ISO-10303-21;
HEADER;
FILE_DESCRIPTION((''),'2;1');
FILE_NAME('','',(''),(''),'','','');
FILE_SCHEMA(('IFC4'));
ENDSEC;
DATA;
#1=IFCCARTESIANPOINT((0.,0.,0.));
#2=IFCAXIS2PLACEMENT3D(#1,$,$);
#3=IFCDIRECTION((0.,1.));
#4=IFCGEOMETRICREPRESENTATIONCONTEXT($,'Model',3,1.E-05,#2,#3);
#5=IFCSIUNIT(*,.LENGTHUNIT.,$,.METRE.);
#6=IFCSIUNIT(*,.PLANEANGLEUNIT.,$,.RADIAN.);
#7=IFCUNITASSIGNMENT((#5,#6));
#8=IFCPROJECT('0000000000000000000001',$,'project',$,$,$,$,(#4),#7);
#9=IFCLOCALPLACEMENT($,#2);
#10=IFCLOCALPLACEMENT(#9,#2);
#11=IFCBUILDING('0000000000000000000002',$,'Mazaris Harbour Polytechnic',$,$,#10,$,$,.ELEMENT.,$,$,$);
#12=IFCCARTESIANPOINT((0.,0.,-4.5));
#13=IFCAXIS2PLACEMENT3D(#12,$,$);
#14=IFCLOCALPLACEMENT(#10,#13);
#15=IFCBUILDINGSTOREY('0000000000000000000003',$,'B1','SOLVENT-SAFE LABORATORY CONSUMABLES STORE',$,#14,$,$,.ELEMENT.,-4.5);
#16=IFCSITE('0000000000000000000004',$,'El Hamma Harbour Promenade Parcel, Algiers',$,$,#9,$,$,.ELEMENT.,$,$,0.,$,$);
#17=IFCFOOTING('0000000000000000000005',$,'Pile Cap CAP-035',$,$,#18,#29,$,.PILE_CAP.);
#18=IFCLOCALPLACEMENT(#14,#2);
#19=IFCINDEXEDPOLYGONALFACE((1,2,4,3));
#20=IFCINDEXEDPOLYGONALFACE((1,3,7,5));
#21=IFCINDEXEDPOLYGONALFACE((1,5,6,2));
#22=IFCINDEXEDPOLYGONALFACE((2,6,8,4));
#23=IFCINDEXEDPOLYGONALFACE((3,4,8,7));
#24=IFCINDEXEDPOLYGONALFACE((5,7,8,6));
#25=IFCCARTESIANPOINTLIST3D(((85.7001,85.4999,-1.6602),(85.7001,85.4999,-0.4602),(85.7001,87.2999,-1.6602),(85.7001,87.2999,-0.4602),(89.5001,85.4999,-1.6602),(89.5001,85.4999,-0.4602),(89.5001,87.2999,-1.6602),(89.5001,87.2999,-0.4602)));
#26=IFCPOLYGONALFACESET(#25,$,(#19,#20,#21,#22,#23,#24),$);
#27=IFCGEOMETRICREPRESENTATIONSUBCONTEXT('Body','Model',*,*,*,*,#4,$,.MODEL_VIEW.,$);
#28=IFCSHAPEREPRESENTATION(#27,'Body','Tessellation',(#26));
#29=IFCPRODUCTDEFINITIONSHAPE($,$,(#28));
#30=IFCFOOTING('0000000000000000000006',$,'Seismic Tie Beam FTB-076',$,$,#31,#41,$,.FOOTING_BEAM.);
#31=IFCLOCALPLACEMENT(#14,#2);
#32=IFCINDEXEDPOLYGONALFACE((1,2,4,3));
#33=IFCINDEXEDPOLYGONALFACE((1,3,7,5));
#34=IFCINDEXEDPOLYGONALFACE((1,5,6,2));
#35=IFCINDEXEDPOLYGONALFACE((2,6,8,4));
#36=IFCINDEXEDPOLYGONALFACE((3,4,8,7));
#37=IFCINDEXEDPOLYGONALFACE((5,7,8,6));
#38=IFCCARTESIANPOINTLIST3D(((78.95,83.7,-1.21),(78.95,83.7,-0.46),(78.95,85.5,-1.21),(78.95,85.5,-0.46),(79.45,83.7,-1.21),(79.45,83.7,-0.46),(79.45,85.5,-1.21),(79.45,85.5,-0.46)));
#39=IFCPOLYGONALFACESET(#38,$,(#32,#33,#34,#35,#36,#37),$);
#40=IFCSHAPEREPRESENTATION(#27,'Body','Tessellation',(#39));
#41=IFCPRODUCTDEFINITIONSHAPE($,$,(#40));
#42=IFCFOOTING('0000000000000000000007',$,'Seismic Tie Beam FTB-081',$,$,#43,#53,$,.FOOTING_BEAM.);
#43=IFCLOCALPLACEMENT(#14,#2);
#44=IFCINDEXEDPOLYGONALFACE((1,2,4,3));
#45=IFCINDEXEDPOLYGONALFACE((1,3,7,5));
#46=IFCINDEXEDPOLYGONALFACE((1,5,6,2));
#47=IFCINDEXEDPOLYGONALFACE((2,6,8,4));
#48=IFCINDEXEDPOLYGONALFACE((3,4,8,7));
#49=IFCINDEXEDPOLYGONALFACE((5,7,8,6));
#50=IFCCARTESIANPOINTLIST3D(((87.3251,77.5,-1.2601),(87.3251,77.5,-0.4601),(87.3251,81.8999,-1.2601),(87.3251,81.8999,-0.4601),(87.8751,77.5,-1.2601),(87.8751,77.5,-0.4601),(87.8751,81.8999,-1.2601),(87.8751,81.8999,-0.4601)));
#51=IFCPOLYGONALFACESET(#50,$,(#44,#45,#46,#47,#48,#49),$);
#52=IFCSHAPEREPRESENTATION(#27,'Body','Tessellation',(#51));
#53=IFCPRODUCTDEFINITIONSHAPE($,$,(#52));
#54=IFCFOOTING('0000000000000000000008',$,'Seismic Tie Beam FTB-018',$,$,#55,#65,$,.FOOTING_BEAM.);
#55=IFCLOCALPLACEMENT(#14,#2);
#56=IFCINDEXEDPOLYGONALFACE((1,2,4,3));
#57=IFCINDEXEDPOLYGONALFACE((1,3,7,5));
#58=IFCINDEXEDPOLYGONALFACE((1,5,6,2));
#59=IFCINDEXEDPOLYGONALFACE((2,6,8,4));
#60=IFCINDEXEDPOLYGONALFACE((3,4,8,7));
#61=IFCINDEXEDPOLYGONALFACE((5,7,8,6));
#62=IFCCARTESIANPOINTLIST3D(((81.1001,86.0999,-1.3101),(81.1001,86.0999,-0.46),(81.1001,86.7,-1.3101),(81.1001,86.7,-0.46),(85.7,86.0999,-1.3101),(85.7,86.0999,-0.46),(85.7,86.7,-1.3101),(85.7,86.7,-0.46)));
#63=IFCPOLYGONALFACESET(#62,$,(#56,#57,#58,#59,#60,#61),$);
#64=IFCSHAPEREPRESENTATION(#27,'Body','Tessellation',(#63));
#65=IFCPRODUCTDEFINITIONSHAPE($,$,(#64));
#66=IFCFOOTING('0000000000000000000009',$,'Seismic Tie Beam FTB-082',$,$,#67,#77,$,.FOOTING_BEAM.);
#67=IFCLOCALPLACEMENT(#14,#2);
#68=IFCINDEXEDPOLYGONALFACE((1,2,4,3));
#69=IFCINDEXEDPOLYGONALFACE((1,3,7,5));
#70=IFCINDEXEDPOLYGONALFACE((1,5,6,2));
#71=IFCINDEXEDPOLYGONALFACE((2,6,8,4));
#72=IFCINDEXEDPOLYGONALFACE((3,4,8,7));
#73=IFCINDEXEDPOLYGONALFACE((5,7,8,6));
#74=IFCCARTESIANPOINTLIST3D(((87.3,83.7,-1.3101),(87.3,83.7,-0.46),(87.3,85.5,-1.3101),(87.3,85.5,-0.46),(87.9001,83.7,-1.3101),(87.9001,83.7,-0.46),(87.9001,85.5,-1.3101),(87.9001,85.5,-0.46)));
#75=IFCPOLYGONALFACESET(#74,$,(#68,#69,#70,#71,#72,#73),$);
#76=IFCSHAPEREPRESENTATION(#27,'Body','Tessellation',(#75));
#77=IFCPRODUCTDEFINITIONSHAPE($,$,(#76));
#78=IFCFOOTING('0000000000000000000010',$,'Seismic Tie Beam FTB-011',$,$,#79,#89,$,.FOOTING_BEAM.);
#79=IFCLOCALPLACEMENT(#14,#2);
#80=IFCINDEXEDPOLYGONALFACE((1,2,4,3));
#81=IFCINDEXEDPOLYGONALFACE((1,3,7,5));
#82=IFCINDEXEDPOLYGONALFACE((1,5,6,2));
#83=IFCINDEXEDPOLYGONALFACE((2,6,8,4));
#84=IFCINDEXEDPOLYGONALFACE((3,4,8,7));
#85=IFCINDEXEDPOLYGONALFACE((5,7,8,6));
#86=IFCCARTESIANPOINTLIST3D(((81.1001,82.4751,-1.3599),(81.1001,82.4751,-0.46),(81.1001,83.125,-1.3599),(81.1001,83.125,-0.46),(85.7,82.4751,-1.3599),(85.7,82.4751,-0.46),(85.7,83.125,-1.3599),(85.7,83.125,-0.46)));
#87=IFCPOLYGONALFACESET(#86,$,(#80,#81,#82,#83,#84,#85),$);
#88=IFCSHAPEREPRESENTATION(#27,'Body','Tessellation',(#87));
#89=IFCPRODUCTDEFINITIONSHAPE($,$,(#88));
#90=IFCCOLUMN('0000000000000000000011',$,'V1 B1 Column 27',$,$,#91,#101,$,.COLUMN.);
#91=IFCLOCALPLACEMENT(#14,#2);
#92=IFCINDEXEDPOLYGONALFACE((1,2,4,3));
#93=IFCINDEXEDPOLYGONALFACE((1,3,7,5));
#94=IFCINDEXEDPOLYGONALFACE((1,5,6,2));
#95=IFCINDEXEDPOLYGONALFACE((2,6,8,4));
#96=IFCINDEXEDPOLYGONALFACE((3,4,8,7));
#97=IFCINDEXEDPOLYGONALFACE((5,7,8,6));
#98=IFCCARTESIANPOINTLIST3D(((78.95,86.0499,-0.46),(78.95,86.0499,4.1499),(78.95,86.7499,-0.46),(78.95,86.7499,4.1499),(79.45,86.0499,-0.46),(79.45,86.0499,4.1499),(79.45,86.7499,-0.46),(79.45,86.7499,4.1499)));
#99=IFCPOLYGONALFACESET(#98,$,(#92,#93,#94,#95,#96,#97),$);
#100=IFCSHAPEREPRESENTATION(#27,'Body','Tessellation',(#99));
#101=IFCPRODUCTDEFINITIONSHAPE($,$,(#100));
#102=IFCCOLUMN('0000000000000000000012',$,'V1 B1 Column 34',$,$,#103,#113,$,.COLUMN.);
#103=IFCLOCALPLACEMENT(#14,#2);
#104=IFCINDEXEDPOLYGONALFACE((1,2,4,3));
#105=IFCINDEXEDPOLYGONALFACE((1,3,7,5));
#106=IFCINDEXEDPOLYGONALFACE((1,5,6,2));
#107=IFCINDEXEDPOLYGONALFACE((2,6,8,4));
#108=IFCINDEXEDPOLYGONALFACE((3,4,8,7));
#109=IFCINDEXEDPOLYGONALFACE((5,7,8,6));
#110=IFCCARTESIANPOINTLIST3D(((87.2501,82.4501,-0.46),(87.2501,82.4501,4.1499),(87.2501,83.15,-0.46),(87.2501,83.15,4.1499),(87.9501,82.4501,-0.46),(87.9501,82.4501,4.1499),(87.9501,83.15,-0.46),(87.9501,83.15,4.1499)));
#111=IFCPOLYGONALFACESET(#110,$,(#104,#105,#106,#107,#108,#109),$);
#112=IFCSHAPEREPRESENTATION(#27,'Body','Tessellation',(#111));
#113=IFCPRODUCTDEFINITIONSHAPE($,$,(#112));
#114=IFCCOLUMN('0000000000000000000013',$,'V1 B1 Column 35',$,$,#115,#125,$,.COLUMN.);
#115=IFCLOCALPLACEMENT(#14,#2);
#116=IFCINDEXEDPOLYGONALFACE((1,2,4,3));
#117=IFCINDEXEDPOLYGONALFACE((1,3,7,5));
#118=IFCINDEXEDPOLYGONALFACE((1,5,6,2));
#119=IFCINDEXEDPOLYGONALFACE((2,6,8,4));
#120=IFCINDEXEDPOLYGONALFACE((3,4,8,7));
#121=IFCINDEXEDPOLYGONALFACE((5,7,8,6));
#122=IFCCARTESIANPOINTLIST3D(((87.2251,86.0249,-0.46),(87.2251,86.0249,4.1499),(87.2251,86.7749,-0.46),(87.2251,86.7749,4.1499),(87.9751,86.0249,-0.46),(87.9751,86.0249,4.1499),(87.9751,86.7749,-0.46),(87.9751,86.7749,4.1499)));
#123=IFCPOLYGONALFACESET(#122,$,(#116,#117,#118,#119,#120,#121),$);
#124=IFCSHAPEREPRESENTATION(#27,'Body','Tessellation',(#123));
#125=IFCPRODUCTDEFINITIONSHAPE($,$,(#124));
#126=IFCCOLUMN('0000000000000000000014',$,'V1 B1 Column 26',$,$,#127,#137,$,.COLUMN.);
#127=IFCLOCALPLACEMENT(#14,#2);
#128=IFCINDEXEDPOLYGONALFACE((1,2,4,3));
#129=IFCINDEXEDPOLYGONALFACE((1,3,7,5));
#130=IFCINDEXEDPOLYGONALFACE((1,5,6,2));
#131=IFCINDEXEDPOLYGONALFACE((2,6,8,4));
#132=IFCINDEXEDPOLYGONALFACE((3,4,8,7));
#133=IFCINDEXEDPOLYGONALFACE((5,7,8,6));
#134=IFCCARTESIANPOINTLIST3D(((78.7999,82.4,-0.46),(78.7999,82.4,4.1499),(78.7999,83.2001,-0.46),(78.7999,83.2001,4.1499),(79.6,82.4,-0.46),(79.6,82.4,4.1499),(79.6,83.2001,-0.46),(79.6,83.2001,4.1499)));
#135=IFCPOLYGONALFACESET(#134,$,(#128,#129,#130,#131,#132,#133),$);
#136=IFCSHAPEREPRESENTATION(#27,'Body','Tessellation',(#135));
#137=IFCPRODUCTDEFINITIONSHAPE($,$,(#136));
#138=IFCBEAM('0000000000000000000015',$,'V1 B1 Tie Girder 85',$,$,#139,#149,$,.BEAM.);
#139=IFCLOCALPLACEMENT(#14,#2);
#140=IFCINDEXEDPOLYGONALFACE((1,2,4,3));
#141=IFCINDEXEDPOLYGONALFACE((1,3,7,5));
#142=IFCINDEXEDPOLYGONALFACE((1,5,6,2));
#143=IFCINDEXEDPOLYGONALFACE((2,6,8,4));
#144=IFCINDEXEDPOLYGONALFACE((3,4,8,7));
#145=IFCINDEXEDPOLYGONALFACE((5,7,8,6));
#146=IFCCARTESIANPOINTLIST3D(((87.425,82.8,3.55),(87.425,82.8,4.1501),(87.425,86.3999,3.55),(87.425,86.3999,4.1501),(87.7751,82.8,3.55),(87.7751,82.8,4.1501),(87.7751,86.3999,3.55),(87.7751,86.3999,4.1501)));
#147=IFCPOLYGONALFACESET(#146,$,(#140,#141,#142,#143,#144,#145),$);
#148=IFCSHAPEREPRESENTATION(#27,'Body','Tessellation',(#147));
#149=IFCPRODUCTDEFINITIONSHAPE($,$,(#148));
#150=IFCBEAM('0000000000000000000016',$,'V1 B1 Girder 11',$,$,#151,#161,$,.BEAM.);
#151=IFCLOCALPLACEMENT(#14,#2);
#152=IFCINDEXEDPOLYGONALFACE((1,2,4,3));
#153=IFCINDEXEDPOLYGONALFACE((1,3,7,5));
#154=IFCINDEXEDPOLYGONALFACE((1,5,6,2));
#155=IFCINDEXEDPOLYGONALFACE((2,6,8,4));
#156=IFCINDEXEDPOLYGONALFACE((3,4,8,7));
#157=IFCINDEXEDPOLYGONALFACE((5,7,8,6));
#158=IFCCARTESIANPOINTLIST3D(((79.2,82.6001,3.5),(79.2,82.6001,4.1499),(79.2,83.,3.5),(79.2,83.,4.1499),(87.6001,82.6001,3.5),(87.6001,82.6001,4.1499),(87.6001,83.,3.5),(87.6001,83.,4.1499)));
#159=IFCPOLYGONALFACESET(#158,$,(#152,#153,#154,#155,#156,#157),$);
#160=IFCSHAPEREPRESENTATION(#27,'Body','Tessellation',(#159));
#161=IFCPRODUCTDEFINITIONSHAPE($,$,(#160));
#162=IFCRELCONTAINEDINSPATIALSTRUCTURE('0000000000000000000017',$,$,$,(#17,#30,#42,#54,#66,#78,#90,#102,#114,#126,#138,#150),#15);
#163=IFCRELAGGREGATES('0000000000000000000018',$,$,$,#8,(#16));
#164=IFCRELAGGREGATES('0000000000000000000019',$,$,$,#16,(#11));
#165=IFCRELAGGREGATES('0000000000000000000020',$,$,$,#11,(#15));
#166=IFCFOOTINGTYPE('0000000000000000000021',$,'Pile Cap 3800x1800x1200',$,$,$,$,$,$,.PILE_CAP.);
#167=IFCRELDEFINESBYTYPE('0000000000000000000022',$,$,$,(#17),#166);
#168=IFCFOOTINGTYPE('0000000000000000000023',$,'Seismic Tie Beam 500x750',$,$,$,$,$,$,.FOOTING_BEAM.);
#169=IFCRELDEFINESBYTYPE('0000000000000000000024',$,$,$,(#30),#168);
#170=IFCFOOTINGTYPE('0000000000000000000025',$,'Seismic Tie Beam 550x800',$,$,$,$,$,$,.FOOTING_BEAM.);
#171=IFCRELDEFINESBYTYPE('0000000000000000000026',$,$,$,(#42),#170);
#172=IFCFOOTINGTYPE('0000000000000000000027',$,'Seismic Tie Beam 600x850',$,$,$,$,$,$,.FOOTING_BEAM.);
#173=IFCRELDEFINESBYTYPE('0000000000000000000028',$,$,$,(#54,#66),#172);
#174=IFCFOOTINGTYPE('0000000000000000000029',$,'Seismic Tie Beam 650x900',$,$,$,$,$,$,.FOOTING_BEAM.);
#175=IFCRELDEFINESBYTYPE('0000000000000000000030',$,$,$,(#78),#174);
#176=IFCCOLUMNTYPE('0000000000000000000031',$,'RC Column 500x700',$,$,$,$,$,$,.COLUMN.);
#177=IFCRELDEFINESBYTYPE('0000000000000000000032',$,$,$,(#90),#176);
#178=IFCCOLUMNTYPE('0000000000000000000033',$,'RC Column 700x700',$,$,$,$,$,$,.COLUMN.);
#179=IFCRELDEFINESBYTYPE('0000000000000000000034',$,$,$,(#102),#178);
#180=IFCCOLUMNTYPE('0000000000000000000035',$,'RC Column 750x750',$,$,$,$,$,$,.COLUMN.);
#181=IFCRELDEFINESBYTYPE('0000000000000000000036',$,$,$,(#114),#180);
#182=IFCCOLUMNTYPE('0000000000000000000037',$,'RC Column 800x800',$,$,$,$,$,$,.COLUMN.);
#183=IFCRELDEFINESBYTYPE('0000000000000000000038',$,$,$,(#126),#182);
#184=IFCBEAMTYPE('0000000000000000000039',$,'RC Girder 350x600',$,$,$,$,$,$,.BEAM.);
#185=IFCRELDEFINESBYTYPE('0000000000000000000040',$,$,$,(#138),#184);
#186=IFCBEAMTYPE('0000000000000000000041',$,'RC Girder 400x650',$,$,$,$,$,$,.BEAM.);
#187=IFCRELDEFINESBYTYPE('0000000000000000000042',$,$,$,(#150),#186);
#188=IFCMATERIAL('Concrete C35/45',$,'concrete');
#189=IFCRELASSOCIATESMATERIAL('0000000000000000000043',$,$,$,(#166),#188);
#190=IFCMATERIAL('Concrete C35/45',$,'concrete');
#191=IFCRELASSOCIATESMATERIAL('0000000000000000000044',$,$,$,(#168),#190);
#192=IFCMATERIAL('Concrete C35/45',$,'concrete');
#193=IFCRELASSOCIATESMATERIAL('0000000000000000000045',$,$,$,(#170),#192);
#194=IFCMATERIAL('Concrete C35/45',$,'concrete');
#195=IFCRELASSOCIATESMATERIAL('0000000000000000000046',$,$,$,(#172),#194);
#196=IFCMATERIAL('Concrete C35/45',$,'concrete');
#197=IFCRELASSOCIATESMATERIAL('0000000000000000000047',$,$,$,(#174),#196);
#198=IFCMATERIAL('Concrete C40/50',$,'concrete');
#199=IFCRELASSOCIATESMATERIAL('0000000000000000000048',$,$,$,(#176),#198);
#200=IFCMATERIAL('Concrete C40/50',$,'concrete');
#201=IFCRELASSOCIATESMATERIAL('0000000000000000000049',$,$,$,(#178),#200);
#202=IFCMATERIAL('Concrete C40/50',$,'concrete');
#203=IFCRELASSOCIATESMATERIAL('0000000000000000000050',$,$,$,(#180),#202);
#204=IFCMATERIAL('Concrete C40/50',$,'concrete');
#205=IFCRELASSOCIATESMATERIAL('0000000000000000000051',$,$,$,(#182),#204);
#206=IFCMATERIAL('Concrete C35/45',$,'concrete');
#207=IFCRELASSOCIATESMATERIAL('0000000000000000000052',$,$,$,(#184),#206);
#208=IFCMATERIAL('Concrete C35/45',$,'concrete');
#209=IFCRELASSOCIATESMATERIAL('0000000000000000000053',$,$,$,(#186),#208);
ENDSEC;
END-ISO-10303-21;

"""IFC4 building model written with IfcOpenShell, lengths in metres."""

from ifc_helpers import new_model, si_unit, direction, frame, origin, origin_2d, place, context, subcontext, project, spatial, rectangle, extrude, material, material_profile, profile_set, type_object, element, save


model = new_model("IFC4")

# Units and contexts
model_context = context("Model", 3, precision=1e-05, world=origin(), true_north=direction((0.0, 1.0)))
body_context = subcontext(model_context, "Body", "Model", "MODEL_VIEW")
ifc_project = project(units=[si_unit("LENGTHUNIT", "METRE"), si_unit("PLANEANGLEUNIT", "RADIAN")], contexts=[model_context])

# Site, building, storey
site_placement = place(None, origin())
site = spatial("IfcSite", under=ifc_project, at=site_placement, Name="El Hamma Harbour Promenade Parcel, Algiers", CompositionType="ELEMENT", RefElevation=0.0)
building_placement = place(site_placement, origin())
building = spatial("IfcBuilding", under=site, at=building_placement, Name="Mazaris Harbour Polytechnic", CompositionType="ELEMENT")
storey_placement = place(building_placement, frame((0.0, 0.0, -4.5)))
storey = spatial("IfcBuildingStorey", under=building, at=storey_placement, Name="B1", Description="SOLVENT-SAFE LABORATORY CONSUMABLES STORE", CompositionType="ELEMENT", Elevation=-4.5)

# Footings
ifc_material_1 = material(Name="Concrete C35/45", Category="concrete")
footing_type_1 = type_object("IfcFootingType", Name="Pile Cap 3800x1800x1200", PredefinedType="PILE_CAP", material=ifc_material_1)
for number, where, z_axis, x_axis, name in (
    (1, (87.6001, 86.3999, -1.6602), (0.0, 0.0, 1.0), (1.0, 0.0, 0.0), "Pile Cap CAP-035"),
):
    element("IfcFooting", number, at=place(storey_placement, frame(where, z_axis=z_axis, x_axis=x_axis)), inside=storey, type_object=footing_type_1, Name=name, PredefinedType="PILE_CAP", context=body_context, shape_type="SweptSolid", body=[
        extrude(rectangle(XDim=3.8, YDim=1.8, at=origin_2d()), origin(), (0.0, 0.0, 1.0), 1.2),
    ])
ifc_material_2 = material(Name="Concrete C35/45", Category="concrete")
ifc_material_profile_1 = material_profile(ifc_material_2, rectangle(XDim=0.5, YDim=0.75, at=origin_2d()), Name="RECT500x750")
ifc_profile_set_1 = profile_set([ifc_material_profile_1], Name="Concrete C35/45")
footing_type_2 = type_object("IfcFootingType", Name="Seismic Tie Beam 500x750", PredefinedType="FOOTING_BEAM", material=ifc_profile_set_1)
footing_1_placement = place(storey_placement, frame((79.2, 83.7, -0.835), z_axis=(0.0, 1.0, 0.0), x_axis=(-1.0, 0.0, 0.0)))
element("IfcFooting", 2, at=footing_1_placement, inside=storey, type_object=footing_type_2, Name="Seismic Tie Beam FTB-076", PredefinedType="FOOTING_BEAM", context=body_context, shape_type="SweptSolid", body=[
    extrude(rectangle(XDim=0.5, YDim=0.75, at=origin_2d()), origin(), (0.0, 0.0, 1.0), 1.8),
])
ifc_material_3 = material(Name="Concrete C35/45", Category="concrete")
ifc_material_profile_2 = material_profile(ifc_material_3, rectangle(XDim=0.55, YDim=0.8, at=origin_2d()), Name="RECT550x800")
ifc_profile_set_2 = profile_set([ifc_material_profile_2], Name="Concrete C35/45")
footing_type_3 = type_object("IfcFootingType", Name="Seismic Tie Beam 550x800", PredefinedType="FOOTING_BEAM", material=ifc_profile_set_2)
footing_2_placement = place(storey_placement, frame((87.6001, 77.5, -0.8601), z_axis=(0.0, 1.0, 0.0), x_axis=(-1.0, 0.0, 0.0)))
element("IfcFooting", 3, at=footing_2_placement, inside=storey, type_object=footing_type_3, Name="Seismic Tie Beam FTB-081", PredefinedType="FOOTING_BEAM", context=body_context, shape_type="SweptSolid", body=[
    extrude(rectangle(XDim=0.55, YDim=0.8, at=origin_2d()), origin(), (0.0, 0.0, 1.0), 4.3999),
])
ifc_material_4 = material(Name="Concrete C35/45", Category="concrete")
ifc_material_profile_3 = material_profile(ifc_material_4, rectangle(XDim=0.6001, YDim=0.8501, at=origin_2d()), Name="RECT600x850")
ifc_profile_set_3 = profile_set([ifc_material_profile_3], Name="Concrete C35/45")
footing_type_4 = type_object("IfcFootingType", Name="Seismic Tie Beam 600x850", PredefinedType="FOOTING_BEAM", material=ifc_profile_set_3)
footing_3_placement = place(storey_placement, frame((81.1001, 86.3999, -0.885), z_axis=(1.0, 0.0, 0.0), x_axis=(0.0, 1.0, 0.0)))
element("IfcFooting", 4, at=footing_3_placement, inside=storey, type_object=footing_type_4, Name="Seismic Tie Beam FTB-018", PredefinedType="FOOTING_BEAM", context=body_context, shape_type="SweptSolid", body=[
    extrude(rectangle(XDim=0.6001, YDim=0.8501, at=origin_2d()), origin(), (0.0, 0.0, 1.0), 4.5999),
])
footing_4_placement = place(storey_placement, frame((87.6001, 83.7, -0.885), z_axis=(0.0, 1.0, 0.0), x_axis=(-1.0, 0.0, 0.0)))
element("IfcFooting", 5, at=footing_4_placement, inside=storey, type_object=footing_type_4, Name="Seismic Tie Beam FTB-082", PredefinedType="FOOTING_BEAM", context=body_context, shape_type="SweptSolid", body=[
    extrude(rectangle(XDim=0.6001, YDim=0.8501, at=origin_2d()), origin(), (0.0, 0.0, 1.0), 1.8),
])
ifc_material_5 = material(Name="Concrete C35/45", Category="concrete")
ifc_material_profile_4 = material_profile(ifc_material_5, rectangle(XDim=0.6499, YDim=0.8999, at=origin_2d()), Name="RECT650x900")
ifc_profile_set_4 = profile_set([ifc_material_profile_4], Name="Concrete C35/45")
footing_type_5 = type_object("IfcFootingType", Name="Seismic Tie Beam 650x900", PredefinedType="FOOTING_BEAM", material=ifc_profile_set_4)
footing_5_placement = place(storey_placement, frame((81.1001, 82.8, -0.9099), z_axis=(1.0, 0.0, 0.0), x_axis=(0.0, 1.0, 0.0)))
element("IfcFooting", 6, at=footing_5_placement, inside=storey, type_object=footing_type_5, Name="Seismic Tie Beam FTB-011", PredefinedType="FOOTING_BEAM", context=body_context, shape_type="SweptSolid", body=[
    extrude(rectangle(XDim=0.6499, YDim=0.8999, at=origin_2d()), origin(), (0.0, 0.0, 1.0), 4.5999),
])

# Columns
ifc_material_6 = material(Name="Concrete C40/50", Category="concrete")
ifc_material_profile_5 = material_profile(ifc_material_6, rectangle(XDim=0.5, YDim=0.7, at=origin_2d()), Name="RECT500x700")
ifc_profile_set_5 = profile_set([ifc_material_profile_5], Name="Concrete C40/50")
column_type_1 = type_object("IfcColumnType", Name="RC Column 500x700", PredefinedType="COLUMN", material=ifc_profile_set_5)
column_1_placement = place(storey_placement, frame((79.2, 86.3999, -0.46), z_axis=(0.0, 0.0, 1.0), x_axis=(1.0, 0.0, 0.0)))
element("IfcColumn", 7, at=column_1_placement, inside=storey, type_object=column_type_1, Name="V1 B1 Column 27", PredefinedType="COLUMN", context=body_context, shape_type="SweptSolid", body=[
    extrude(rectangle(XDim=0.5, YDim=0.7, at=origin_2d()), origin(), (0.0, 0.0, 1.0), 4.6099),
])
ifc_material_7 = material(Name="Concrete C40/50", Category="concrete")
ifc_material_profile_6 = material_profile(ifc_material_7, rectangle(XDim=0.7, YDim=0.7, at=origin_2d()), Name="RECT700x700")
ifc_profile_set_6 = profile_set([ifc_material_profile_6], Name="Concrete C40/50")
column_type_2 = type_object("IfcColumnType", Name="RC Column 700x700", PredefinedType="COLUMN", material=ifc_profile_set_6)
column_2_placement = place(storey_placement, frame((87.6001, 82.8, -0.46), z_axis=(0.0, 0.0, 1.0), x_axis=(1.0, 0.0, 0.0)))
element("IfcColumn", 8, at=column_2_placement, inside=storey, type_object=column_type_2, Name="V1 B1 Column 34", PredefinedType="COLUMN", context=body_context, shape_type="SweptSolid", body=[
    extrude(rectangle(XDim=0.7, YDim=0.7, at=origin_2d()), origin(), (0.0, 0.0, 1.0), 4.6099),
])
ifc_material_8 = material(Name="Concrete C40/50", Category="concrete")
ifc_material_profile_7 = material_profile(ifc_material_8, rectangle(XDim=0.75, YDim=0.75, at=origin_2d()), Name="RECT750x750")
ifc_profile_set_7 = profile_set([ifc_material_profile_7], Name="Concrete C40/50")
column_type_3 = type_object("IfcColumnType", Name="RC Column 750x750", PredefinedType="COLUMN", material=ifc_profile_set_7)
column_3_placement = place(storey_placement, frame((87.6001, 86.3999, -0.46), z_axis=(0.0, 0.0, 1.0), x_axis=(1.0, 0.0, 0.0)))
element("IfcColumn", 9, at=column_3_placement, inside=storey, type_object=column_type_3, Name="V1 B1 Column 35", PredefinedType="COLUMN", context=body_context, shape_type="SweptSolid", body=[
    extrude(rectangle(XDim=0.75, YDim=0.75, at=origin_2d()), origin(), (0.0, 0.0, 1.0), 4.6099),
])
ifc_material_9 = material(Name="Concrete C40/50", Category="concrete")
ifc_material_profile_8 = material_profile(ifc_material_9, rectangle(XDim=0.8, YDim=0.8, at=origin_2d()), Name="RECT800x800")
ifc_profile_set_8 = profile_set([ifc_material_profile_8], Name="Concrete C40/50")
column_type_4 = type_object("IfcColumnType", Name="RC Column 800x800", PredefinedType="COLUMN", material=ifc_profile_set_8)
column_4_placement = place(storey_placement, frame((79.2, 82.8, -0.46), z_axis=(0.0, 0.0, 1.0), x_axis=(1.0, 0.0, 0.0)))
element("IfcColumn", 10, at=column_4_placement, inside=storey, type_object=column_type_4, Name="V1 B1 Column 26", PredefinedType="COLUMN", context=body_context, shape_type="SweptSolid", body=[
    extrude(rectangle(XDim=0.8, YDim=0.8, at=origin_2d()), origin(), (0.0, 0.0, 1.0), 4.6099),
])

# Beams
ifc_material_10 = material(Name="Concrete C35/45", Category="concrete")
ifc_material_profile_9 = material_profile(ifc_material_10, rectangle(XDim=0.3501, YDim=0.6001, at=origin_2d()), Name="RECT350x600")
ifc_profile_set_9 = profile_set([ifc_material_profile_9], Name="Concrete C35/45")
beam_type_1 = type_object("IfcBeamType", Name="RC Girder 350x600", PredefinedType="BEAM", material=ifc_profile_set_9)
beam_1_placement = place(storey_placement, frame((87.6001, 82.8, 3.8501), z_axis=(0.0, 1.0, 0.0), x_axis=(-1.0, 0.0, 0.0)))
element("IfcBeam", 11, at=beam_1_placement, inside=storey, type_object=beam_type_1, Name="V1 B1 Tie Girder 85", PredefinedType="BEAM", context=body_context, shape_type="SweptSolid", body=[
    extrude(rectangle(XDim=0.3501, YDim=0.6001, at=origin_2d()), origin(), (0.0, 0.0, 1.0), 3.5999),
])
ifc_material_11 = material(Name="Concrete C35/45", Category="concrete")
ifc_material_profile_10 = material_profile(ifc_material_11, rectangle(XDim=0.3999, YDim=0.6499, at=origin_2d()), Name="RECT400x650")
ifc_profile_set_10 = profile_set([ifc_material_profile_10], Name="Concrete C35/45")
beam_type_2 = type_object("IfcBeamType", Name="RC Girder 400x650", PredefinedType="BEAM", material=ifc_profile_set_10)
beam_2_placement = place(storey_placement, frame((79.2, 82.8, 3.825), z_axis=(1.0, 0.0, 0.0), x_axis=(0.0, 1.0, 0.0)))
element("IfcBeam", 12, at=beam_2_placement, inside=storey, type_object=beam_type_2, Name="V1 B1 Girder 11", PredefinedType="BEAM", context=body_context, shape_type="SweptSolid", body=[
    extrude(rectangle(XDim=0.3999, YDim=0.6499, at=origin_2d()), origin(), (0.0, 0.0, 1.0), 8.4001),
])

save(model, "model.ifc")
